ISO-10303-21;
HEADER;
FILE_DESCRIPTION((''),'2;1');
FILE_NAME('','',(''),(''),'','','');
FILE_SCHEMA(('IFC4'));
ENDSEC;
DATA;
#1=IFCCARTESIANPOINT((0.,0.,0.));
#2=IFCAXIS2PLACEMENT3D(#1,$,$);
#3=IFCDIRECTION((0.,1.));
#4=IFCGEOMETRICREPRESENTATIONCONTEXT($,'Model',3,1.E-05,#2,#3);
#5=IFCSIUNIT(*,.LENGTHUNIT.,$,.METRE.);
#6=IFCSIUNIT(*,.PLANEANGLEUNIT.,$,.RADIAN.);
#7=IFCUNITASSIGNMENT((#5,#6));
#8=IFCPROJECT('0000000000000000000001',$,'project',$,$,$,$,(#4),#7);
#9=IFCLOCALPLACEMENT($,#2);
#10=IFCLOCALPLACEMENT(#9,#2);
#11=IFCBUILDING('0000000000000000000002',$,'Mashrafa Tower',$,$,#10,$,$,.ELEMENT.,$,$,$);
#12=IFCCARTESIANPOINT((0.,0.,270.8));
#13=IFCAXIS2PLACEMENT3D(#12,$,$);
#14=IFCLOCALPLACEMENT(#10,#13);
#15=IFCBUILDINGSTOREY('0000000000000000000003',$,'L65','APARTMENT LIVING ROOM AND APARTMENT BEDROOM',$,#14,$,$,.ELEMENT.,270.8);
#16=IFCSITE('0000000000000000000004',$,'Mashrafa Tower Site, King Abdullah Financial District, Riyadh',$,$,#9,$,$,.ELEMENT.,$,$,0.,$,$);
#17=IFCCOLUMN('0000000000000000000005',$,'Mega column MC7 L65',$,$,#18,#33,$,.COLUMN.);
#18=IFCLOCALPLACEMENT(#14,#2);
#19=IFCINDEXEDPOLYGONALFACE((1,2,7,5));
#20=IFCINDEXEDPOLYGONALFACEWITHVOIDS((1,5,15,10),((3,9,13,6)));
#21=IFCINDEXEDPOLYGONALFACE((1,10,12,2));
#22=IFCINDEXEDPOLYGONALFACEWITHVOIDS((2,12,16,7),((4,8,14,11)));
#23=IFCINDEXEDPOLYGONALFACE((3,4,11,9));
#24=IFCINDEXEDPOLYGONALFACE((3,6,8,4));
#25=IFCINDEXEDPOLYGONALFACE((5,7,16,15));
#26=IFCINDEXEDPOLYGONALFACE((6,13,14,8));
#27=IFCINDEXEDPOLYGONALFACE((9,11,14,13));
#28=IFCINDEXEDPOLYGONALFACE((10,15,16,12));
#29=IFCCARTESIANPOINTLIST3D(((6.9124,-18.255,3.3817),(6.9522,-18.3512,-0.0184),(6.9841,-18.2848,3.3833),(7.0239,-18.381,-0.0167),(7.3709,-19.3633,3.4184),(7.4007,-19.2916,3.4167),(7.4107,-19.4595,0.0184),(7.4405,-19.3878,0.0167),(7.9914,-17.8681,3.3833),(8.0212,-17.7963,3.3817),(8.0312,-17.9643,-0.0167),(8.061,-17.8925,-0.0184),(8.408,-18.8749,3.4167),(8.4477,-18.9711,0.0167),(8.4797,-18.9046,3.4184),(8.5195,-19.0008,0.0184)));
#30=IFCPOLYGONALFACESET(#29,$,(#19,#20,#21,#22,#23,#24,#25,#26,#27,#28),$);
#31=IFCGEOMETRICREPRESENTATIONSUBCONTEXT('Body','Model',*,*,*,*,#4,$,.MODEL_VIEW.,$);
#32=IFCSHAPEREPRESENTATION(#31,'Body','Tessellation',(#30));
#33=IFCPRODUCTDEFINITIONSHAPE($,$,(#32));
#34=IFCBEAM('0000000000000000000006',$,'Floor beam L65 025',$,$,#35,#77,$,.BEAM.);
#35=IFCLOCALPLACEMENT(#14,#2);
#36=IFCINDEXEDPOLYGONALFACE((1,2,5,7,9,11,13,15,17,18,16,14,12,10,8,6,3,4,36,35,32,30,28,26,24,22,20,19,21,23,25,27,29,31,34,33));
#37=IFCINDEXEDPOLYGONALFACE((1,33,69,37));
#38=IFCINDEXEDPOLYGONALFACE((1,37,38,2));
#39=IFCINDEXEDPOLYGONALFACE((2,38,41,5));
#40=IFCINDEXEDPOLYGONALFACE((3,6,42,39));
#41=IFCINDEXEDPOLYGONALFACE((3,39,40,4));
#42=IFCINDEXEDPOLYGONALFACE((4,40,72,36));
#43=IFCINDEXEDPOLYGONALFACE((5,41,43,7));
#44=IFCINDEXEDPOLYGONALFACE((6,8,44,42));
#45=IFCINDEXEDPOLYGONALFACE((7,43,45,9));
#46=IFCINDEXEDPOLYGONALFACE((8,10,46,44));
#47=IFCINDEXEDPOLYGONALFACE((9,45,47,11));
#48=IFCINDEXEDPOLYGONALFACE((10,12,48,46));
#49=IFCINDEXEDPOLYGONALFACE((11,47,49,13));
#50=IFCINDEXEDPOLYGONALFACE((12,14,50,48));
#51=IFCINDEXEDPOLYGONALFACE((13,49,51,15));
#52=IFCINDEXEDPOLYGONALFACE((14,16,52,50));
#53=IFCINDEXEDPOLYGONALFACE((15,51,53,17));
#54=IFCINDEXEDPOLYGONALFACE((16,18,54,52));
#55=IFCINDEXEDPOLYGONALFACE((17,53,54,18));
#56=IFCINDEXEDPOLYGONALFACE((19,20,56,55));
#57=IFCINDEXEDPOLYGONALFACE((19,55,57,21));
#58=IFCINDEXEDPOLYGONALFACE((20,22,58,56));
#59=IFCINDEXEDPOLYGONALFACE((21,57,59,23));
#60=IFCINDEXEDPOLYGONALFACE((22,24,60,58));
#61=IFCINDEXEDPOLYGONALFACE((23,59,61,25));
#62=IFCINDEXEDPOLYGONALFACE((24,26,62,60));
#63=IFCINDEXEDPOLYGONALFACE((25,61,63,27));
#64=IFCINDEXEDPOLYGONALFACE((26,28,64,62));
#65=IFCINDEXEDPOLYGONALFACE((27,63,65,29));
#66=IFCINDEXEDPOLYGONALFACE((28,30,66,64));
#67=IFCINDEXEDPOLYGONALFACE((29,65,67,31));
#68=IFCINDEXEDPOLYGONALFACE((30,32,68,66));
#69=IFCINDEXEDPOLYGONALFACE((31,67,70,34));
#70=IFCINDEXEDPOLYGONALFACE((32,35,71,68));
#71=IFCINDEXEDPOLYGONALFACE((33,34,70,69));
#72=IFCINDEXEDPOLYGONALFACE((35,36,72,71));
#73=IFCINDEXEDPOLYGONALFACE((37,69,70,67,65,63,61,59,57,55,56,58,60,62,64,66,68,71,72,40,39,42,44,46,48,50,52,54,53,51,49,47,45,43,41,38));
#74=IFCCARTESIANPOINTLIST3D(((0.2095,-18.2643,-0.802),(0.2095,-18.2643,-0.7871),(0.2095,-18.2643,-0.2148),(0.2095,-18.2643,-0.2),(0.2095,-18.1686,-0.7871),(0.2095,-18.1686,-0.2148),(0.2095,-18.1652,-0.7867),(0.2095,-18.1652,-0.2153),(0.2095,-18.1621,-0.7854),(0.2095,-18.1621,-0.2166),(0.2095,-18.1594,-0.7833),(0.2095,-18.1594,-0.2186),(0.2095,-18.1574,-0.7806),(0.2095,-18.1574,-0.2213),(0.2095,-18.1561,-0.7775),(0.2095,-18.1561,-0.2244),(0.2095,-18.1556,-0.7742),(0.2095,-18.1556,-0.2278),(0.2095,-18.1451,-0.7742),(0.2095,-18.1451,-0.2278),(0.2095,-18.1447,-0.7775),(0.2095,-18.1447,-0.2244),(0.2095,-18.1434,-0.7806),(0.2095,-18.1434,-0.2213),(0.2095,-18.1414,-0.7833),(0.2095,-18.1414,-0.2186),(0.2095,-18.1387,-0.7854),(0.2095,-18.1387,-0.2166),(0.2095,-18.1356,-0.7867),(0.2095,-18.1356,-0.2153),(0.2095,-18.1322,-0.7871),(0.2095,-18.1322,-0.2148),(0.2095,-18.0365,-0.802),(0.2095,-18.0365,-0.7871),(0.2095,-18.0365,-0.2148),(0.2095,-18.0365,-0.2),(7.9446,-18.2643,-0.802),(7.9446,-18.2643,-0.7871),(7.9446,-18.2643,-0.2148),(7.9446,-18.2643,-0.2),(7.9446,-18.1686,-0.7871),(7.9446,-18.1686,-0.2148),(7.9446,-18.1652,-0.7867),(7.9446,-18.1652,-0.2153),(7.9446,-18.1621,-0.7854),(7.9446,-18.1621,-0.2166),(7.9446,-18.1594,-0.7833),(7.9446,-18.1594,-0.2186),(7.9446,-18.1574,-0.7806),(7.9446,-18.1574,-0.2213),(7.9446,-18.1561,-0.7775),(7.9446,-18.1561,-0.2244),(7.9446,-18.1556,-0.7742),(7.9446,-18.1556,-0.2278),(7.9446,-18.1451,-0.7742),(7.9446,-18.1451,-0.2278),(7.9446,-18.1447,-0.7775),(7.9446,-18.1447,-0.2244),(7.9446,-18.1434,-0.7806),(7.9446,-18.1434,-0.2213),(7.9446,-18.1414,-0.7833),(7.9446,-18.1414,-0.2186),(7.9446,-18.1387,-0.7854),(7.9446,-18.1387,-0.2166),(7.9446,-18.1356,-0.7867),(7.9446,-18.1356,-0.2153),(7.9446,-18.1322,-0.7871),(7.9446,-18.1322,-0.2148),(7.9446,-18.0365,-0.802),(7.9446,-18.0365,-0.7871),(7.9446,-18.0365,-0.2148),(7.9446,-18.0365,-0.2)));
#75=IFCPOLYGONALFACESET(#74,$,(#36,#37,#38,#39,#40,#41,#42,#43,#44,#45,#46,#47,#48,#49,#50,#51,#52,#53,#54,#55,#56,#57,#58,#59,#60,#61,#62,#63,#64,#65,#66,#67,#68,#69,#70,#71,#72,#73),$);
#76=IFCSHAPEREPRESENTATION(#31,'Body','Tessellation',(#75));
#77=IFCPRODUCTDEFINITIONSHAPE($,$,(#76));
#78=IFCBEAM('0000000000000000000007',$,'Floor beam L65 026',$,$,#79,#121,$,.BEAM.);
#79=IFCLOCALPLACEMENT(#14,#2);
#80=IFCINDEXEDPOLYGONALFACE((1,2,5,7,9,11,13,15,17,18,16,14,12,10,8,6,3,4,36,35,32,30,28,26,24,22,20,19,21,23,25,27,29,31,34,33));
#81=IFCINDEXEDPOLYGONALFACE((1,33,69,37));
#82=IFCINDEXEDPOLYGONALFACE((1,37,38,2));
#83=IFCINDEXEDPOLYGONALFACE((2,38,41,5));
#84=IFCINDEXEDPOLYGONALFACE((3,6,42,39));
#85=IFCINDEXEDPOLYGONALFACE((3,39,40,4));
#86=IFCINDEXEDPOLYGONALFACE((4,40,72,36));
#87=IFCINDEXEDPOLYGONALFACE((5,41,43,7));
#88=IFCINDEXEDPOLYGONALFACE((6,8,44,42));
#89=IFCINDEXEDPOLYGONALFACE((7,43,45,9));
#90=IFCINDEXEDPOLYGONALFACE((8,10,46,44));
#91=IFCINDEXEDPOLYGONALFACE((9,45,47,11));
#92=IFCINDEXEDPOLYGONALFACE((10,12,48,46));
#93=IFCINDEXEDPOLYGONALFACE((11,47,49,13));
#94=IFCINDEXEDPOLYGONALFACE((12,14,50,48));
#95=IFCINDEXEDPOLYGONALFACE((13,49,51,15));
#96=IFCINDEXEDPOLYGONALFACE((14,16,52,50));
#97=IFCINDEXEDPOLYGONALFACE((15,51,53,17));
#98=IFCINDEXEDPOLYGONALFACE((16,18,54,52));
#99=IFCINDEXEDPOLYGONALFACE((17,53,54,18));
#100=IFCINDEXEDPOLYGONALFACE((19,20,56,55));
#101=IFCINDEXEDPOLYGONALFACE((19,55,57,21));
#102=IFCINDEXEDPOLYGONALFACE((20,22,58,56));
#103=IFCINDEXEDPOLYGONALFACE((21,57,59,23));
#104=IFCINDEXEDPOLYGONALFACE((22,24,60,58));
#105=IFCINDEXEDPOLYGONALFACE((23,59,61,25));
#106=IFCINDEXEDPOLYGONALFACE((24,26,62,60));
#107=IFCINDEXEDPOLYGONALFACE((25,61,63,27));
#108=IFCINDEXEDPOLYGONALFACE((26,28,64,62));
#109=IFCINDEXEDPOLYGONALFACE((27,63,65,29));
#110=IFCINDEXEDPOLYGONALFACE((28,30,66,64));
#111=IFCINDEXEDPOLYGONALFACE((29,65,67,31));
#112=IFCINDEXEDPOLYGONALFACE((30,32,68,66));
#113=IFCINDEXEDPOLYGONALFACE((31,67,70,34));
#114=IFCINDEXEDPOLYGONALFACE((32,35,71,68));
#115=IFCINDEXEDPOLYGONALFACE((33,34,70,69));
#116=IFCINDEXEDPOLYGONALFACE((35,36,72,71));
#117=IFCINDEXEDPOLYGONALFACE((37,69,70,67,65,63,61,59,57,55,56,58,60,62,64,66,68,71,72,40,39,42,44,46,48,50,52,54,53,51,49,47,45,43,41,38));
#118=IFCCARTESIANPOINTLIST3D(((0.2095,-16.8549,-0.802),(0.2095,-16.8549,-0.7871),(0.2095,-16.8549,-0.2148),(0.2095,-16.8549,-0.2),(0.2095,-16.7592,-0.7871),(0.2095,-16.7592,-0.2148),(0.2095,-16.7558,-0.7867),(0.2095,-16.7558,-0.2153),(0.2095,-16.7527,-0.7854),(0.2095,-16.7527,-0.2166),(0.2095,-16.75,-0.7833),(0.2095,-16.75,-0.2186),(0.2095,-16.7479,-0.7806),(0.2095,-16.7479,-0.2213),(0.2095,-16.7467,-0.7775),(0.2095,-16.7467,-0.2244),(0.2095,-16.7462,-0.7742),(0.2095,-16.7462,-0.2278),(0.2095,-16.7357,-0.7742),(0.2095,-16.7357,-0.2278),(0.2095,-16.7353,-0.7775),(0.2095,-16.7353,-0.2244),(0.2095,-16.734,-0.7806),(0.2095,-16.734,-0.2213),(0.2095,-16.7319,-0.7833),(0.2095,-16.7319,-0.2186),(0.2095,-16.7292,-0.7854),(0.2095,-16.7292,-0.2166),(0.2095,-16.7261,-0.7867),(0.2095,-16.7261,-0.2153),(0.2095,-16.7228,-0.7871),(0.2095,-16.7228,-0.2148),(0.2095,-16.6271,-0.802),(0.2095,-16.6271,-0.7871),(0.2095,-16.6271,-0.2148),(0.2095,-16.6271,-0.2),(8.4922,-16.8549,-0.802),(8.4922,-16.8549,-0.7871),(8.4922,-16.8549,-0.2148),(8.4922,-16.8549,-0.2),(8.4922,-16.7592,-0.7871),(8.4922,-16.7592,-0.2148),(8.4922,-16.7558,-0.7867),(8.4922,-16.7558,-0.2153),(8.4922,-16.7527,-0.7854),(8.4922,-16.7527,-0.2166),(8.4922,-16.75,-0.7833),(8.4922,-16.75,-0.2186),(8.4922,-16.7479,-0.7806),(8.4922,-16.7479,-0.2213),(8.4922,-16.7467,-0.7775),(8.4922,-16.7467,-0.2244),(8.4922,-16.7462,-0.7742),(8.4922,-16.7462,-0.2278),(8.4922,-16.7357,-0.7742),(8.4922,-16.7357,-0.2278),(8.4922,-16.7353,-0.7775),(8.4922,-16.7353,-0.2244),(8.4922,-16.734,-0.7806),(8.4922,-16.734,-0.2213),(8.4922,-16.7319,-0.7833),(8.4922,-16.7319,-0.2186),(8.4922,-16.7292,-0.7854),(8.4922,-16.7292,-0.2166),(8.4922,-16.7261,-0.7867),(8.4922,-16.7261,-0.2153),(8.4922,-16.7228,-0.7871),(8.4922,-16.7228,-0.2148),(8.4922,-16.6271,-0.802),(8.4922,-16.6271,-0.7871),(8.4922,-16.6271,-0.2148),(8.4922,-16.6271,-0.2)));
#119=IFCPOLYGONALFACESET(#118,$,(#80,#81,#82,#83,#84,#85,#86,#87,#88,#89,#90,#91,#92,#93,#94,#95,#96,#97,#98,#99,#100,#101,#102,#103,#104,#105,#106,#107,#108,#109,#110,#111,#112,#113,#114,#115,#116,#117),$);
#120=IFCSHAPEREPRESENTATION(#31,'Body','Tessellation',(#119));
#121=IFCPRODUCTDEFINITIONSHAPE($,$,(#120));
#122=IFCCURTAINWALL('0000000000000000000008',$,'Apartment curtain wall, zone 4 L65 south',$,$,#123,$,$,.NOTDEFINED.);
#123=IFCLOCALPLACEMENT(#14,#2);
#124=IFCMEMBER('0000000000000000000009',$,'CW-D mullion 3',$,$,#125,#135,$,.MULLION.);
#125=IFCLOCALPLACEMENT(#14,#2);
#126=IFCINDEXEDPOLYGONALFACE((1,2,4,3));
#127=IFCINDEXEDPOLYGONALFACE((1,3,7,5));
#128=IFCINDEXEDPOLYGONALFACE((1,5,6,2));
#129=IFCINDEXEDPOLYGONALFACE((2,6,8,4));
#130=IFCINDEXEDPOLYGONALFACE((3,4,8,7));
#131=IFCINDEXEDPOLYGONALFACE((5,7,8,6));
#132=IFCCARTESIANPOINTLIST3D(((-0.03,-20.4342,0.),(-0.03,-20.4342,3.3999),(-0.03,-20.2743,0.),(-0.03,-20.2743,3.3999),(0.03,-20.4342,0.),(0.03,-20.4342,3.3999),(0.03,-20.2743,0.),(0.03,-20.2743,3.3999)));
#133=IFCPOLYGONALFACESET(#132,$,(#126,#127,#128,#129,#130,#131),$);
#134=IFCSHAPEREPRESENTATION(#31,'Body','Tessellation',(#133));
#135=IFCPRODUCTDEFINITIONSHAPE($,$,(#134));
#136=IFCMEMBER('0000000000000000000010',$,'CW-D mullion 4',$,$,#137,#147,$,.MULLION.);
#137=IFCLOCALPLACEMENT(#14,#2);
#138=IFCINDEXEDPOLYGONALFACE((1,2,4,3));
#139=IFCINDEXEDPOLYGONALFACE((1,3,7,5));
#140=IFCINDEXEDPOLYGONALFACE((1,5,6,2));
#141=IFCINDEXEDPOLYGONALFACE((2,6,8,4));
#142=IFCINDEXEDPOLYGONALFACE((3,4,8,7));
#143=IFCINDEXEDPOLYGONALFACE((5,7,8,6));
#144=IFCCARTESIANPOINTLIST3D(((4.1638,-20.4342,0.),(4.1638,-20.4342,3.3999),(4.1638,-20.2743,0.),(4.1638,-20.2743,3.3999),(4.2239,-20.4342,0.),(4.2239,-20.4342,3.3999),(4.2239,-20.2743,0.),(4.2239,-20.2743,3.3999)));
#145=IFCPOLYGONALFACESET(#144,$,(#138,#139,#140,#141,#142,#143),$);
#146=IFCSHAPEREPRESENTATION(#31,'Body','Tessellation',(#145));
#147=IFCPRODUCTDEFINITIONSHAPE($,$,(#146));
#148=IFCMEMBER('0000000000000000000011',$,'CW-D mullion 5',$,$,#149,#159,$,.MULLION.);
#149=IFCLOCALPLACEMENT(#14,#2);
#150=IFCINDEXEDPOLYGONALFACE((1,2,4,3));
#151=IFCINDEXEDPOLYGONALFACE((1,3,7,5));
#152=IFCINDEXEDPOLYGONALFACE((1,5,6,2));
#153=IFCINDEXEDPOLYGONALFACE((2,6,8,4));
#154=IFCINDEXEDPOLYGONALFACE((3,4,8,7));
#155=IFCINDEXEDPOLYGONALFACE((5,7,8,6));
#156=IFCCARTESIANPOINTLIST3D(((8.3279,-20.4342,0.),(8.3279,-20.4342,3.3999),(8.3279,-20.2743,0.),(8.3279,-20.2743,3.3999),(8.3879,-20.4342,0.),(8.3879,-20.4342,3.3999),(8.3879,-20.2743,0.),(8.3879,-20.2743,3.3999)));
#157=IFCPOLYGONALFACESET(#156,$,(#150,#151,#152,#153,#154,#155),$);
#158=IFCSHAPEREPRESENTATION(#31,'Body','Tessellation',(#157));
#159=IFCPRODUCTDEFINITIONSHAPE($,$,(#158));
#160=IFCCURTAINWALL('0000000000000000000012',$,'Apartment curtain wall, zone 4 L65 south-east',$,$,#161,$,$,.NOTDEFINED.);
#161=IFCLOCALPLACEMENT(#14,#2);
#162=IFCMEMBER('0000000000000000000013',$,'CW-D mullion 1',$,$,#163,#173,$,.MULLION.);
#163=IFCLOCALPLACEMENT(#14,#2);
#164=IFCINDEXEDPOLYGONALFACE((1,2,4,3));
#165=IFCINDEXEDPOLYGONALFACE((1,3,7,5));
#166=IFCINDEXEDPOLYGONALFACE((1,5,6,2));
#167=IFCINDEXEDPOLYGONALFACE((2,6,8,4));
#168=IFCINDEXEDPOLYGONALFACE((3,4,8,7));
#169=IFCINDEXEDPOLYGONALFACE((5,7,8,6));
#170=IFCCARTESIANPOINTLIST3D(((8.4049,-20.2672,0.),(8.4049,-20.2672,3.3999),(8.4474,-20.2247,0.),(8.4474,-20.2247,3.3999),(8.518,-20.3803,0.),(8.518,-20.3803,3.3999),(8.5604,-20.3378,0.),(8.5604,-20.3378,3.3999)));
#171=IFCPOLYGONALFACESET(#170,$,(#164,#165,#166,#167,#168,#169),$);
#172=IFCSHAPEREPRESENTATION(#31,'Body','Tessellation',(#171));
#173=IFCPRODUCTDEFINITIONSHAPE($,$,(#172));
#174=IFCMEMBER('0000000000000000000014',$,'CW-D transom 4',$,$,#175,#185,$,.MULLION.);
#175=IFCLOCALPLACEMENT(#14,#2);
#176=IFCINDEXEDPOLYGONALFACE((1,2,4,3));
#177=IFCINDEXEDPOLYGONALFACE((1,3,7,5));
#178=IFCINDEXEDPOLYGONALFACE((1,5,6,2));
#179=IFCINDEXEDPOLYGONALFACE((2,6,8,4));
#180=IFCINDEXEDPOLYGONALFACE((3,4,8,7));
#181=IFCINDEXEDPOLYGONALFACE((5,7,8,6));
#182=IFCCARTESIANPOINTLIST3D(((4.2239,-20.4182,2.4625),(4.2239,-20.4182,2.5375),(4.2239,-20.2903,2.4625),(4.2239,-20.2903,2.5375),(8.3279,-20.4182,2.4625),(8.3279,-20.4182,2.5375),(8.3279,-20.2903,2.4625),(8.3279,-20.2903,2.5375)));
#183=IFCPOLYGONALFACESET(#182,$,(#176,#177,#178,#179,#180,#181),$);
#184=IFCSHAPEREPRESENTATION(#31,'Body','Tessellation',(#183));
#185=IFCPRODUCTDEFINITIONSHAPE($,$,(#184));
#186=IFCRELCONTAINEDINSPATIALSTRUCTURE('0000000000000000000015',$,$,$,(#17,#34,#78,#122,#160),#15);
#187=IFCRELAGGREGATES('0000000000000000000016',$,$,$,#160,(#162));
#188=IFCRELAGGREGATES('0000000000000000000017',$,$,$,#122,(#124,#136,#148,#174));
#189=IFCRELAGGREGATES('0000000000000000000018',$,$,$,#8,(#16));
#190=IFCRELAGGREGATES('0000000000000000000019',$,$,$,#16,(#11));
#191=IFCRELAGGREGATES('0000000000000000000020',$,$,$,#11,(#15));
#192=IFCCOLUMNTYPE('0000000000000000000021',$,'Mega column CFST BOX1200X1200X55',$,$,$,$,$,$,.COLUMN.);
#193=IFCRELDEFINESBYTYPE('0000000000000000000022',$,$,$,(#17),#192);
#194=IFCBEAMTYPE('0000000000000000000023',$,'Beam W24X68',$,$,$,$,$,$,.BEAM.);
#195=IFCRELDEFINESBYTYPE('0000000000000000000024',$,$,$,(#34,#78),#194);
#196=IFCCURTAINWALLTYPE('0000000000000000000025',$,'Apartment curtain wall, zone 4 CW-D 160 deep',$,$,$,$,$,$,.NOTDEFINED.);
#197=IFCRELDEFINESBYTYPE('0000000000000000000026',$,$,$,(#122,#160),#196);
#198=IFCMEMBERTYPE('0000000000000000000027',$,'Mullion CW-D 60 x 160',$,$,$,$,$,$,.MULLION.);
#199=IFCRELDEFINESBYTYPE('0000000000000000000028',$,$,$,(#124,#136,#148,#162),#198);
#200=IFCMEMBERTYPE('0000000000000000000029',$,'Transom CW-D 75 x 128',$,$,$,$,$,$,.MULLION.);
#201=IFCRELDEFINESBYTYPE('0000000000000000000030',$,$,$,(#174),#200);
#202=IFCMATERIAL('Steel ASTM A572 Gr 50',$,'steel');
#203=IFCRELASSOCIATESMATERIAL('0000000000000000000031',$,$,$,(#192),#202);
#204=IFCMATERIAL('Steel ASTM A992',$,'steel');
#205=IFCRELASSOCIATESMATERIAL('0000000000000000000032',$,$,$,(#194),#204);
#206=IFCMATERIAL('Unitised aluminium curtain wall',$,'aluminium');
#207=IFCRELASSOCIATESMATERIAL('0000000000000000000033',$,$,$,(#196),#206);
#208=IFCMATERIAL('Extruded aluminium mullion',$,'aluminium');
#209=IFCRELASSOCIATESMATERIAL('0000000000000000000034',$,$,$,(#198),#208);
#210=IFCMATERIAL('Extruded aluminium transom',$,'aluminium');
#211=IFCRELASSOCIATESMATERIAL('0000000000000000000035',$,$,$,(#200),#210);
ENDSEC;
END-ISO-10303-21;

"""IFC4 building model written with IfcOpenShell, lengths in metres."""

from ifc_helpers import new_model, si_unit, direction, frame, origin, origin_2d, place, context, subcontext, project, spatial, rectangle, hollow_rectangle, i_section, extrude, source, transform, mapped, material, material_profile, profile_set, type_object, type_shapes, element, aggregate, save


model = new_model("IFC4")

# Units and contexts
model_context = context("Model", 3, precision=1e-05, world=origin(), true_north=direction((0.0, 1.0)))
body_context = subcontext(model_context, "Body", "Model", "MODEL_VIEW")
ifc_project = project(units=[si_unit("LENGTHUNIT", "METRE"), si_unit("PLANEANGLEUNIT", "RADIAN")], contexts=[model_context])

# Site, building, storey
site_placement = place(None, origin())
site = spatial("IfcSite", under=ifc_project, at=site_placement, Name="Mashrafa Tower Site, King Abdullah Financial District, Riyadh", CompositionType="ELEMENT", RefElevation=0.0)
building_placement = place(site_placement, origin())
building = spatial("IfcBuilding", under=site, at=building_placement, Name="Mashrafa Tower", CompositionType="ELEMENT")
storey_placement = place(building_placement, frame((0.0, 0.0, 270.8)))
storey = spatial("IfcBuildingStorey", under=building, at=storey_placement, Name="L65", Description="APARTMENT LIVING ROOM AND APARTMENT BEDROOM", CompositionType="ELEMENT", Elevation=270.8)

# Column
ifc_material_1 = material(Name="Steel ASTM A572 Gr 50", Category="steel")
ifc_material_profile_1 = material_profile(ifc_material_1, hollow_rectangle(XDim=1.2, YDim=1.2, WallThickness=0.0549, at=origin_2d()), Name="BOX1200X1200X55")
ifc_profile_set_1 = profile_set([ifc_material_profile_1], Name="Steel ASTM A572 Gr 50")
column_type = type_object("IfcColumnType", Name="Mega column CFST BOX1200X1200X55", PredefinedType="COLUMN", material=ifc_profile_set_1)
column_placement = place(storey_placement, frame((7.7358, -18.676, 0.0), z_axis=(-0.011699, 0.028279, 0.999532), x_axis=(-0.924045, -0.382283, 0.0)))
element("IfcColumn", 1, at=column_placement, inside=storey, type_object=column_type, Name="Mega column MC7 L65", PredefinedType="COLUMN", context=body_context, shape_type="SweptSolid", body=[
    extrude(hollow_rectangle(XDim=1.2, YDim=1.2, WallThickness=0.0549, at=origin_2d()), origin(), (0.0, 0.0, 1.0), 3.4016),
])

# Beams
ifc_material_2 = material(Name="Steel ASTM A992", Category="steel")
ifc_material_profile_2 = material_profile(ifc_material_2, i_section(OverallWidth=0.2278, OverallDepth=0.6021, WebThickness=0.0105, FlangeThickness=0.0149, FilletRadius=0.0129, at=origin_2d()), Name="W24X68")
ifc_profile_set_2 = profile_set([ifc_material_profile_2], Name="Steel ASTM A992")
beam_type = type_object("IfcBeamType", Name="Beam W24X68", PredefinedType="BEAM", material=ifc_profile_set_2)
beam_1_placement = place(storey_placement, frame((7.9446, -18.1504, -0.501), z_axis=(-1.0, 0.0, 0.0), x_axis=(0.0, -1.0, 0.0)))
element("IfcBeam", 2, at=beam_1_placement, inside=storey, type_object=beam_type, Name="Floor beam L65 025", PredefinedType="BEAM", context=body_context, shape_type="SweptSolid", body=[
    extrude(i_section(OverallWidth=0.2278, OverallDepth=0.6021, WebThickness=0.0105, FlangeThickness=0.0149, FilletRadius=0.0129, at=origin_2d()), origin(), (0.0, 0.0, 1.0), 7.7351),
])
beam_2_placement = place(storey_placement, frame((8.4922, -16.741, -0.501), z_axis=(-1.0, 0.0, 0.0), x_axis=(0.0, -1.0, 0.0)))
element("IfcBeam", 3, at=beam_2_placement, inside=storey, type_object=beam_type, Name="Floor beam L65 026", PredefinedType="BEAM", context=body_context, shape_type="SweptSolid", body=[
    extrude(i_section(OverallWidth=0.2278, OverallDepth=0.6021, WebThickness=0.0105, FlangeThickness=0.0149, FilletRadius=0.0129, at=origin_2d()), origin(), (0.0, 0.0, 1.0), 8.2827),
])

# Curtain wall, members
ifc_material_3 = material(Name="Unitised aluminium curtain wall", Category="aluminium")
curtain_wall_type = type_object("IfcCurtainWallType", Name="Apartment curtain wall, zone 4 CW-D 160 deep", PredefinedType="NOTDEFINED", material=ifc_material_3)
curtain_wall_1_placement = place(storey_placement, origin())
curtain_wall_1 = element("IfcCurtainWall", 4, at=curtain_wall_1_placement, inside=storey, type_object=curtain_wall_type, Name="Apartment curtain wall, zone 4 L65 south", PredefinedType="NOTDEFINED")
ifc_material_4 = material(Name="Extruded aluminium mullion", Category="aluminium")
ifc_material_profile_3 = material_profile(ifc_material_4, rectangle(XDim=0.1599, YDim=0.0601, at=origin_2d()), Name="Mullion 60x160")
ifc_profile_set_3 = profile_set([ifc_material_profile_3], Name="Extruded aluminium mullion")
member_type_1 = type_object("IfcMemberType", Name="Mullion CW-D 60 x 160", PredefinedType="MULLION", material=ifc_profile_set_3)
shared_shape_1 = source(origin(), body_context, "Body", "SweptSolid", [
    extrude(rectangle(XDim=0.1599, YDim=0.0601, at=origin_2d()), origin(), (0.0, 0.0, 1.0), 3.3999),
])
type_shapes(member_type_1, [shared_shape_1])
member_1_placement = place(storey_placement, frame((0.0, -20.3542, 0.0), z_axis=(0.0, 0.0, 1.0), x_axis=(0.0, 1.0, 0.0)))
member_1 = element("IfcMember", 5, at=member_1_placement, type_object=member_type_1, Name="CW-D mullion 3", PredefinedType="MULLION", context=body_context, shape_type="MappedRepresentation", body=[
    mapped(shared_shape_1, transform((0.0, 0.0, 0.0))),
])
member_2_placement = place(storey_placement, frame((4.1938, -20.3542, 0.0), z_axis=(0.0, 0.0, 1.0), x_axis=(0.0, 1.0, 0.0)))
member_2 = element("IfcMember", 6, at=member_2_placement, type_object=member_type_1, Name="CW-D mullion 4", PredefinedType="MULLION", context=body_context, shape_type="MappedRepresentation", body=[
    mapped(shared_shape_1, transform((0.0, 0.0, 0.0))),
])
member_3_placement = place(storey_placement, frame((8.3579, -20.3542, 0.0), z_axis=(0.0, 0.0, 1.0), x_axis=(0.0, 1.0, 0.0)))
member_3 = element("IfcMember", 7, at=member_3_placement, type_object=member_type_1, Name="CW-D mullion 5", PredefinedType="MULLION", context=body_context, shape_type="MappedRepresentation", body=[
    mapped(shared_shape_1, transform((0.0, 0.0, 0.0))),
])

# Curtain wall, member
curtain_wall_2_placement = place(storey_placement, origin())
curtain_wall_2 = element("IfcCurtainWall", 8, at=curtain_wall_2_placement, inside=storey, type_object=curtain_wall_type, Name="Apartment curtain wall, zone 4 L65 south-east", PredefinedType="NOTDEFINED")
member_4_placement = place(storey_placement, frame((8.4827, -20.3025, 0.0), z_axis=(0.0, 0.0, 1.0), x_axis=(-0.707107, 0.707107, 0.0)))
member_4 = element("IfcMember", 9, at=member_4_placement, type_object=member_type_1, Name="CW-D mullion 1", PredefinedType="MULLION", context=body_context, shape_type="MappedRepresentation", body=[
    mapped(shared_shape_1, transform((0.0, 0.0, 0.0))),
])

# Member
ifc_material_5 = material(Name="Extruded aluminium transom", Category="aluminium")
ifc_material_profile_4 = material_profile(ifc_material_5, rectangle(XDim=0.1279, YDim=0.075, at=origin_2d()), Name="Transom 75x128")
ifc_profile_set_4 = profile_set([ifc_material_profile_4], Name="Extruded aluminium transom")
member_type_2 = type_object("IfcMemberType", Name="Transom CW-D 75 x 128", PredefinedType="MULLION", material=ifc_profile_set_4)
shared_shape_2 = source(origin(), body_context, "Body", "SweptSolid", [
    extrude(rectangle(XDim=0.1279, YDim=0.075, at=origin_2d()), origin(), (0.0, 0.0, 1.0), 4.104),
])
member_5_placement = place(storey_placement, frame((4.2239, -20.3542, 2.5), z_axis=(1.0, 0.0, 0.0), x_axis=(0.0, 1.0, 0.0)))
member_5 = element("IfcMember", 10, at=member_5_placement, type_object=member_type_2, Name="CW-D transom 4", PredefinedType="MULLION", context=body_context, shape_type="MappedRepresentation", body=[
    mapped(shared_shape_2, transform((0.0, 0.0, 0.0))),
])

aggregate(curtain_wall_2, [member_4])
aggregate(curtain_wall_1, [member_1, member_2, member_3, member_5])

save(model, "model.ifc")
